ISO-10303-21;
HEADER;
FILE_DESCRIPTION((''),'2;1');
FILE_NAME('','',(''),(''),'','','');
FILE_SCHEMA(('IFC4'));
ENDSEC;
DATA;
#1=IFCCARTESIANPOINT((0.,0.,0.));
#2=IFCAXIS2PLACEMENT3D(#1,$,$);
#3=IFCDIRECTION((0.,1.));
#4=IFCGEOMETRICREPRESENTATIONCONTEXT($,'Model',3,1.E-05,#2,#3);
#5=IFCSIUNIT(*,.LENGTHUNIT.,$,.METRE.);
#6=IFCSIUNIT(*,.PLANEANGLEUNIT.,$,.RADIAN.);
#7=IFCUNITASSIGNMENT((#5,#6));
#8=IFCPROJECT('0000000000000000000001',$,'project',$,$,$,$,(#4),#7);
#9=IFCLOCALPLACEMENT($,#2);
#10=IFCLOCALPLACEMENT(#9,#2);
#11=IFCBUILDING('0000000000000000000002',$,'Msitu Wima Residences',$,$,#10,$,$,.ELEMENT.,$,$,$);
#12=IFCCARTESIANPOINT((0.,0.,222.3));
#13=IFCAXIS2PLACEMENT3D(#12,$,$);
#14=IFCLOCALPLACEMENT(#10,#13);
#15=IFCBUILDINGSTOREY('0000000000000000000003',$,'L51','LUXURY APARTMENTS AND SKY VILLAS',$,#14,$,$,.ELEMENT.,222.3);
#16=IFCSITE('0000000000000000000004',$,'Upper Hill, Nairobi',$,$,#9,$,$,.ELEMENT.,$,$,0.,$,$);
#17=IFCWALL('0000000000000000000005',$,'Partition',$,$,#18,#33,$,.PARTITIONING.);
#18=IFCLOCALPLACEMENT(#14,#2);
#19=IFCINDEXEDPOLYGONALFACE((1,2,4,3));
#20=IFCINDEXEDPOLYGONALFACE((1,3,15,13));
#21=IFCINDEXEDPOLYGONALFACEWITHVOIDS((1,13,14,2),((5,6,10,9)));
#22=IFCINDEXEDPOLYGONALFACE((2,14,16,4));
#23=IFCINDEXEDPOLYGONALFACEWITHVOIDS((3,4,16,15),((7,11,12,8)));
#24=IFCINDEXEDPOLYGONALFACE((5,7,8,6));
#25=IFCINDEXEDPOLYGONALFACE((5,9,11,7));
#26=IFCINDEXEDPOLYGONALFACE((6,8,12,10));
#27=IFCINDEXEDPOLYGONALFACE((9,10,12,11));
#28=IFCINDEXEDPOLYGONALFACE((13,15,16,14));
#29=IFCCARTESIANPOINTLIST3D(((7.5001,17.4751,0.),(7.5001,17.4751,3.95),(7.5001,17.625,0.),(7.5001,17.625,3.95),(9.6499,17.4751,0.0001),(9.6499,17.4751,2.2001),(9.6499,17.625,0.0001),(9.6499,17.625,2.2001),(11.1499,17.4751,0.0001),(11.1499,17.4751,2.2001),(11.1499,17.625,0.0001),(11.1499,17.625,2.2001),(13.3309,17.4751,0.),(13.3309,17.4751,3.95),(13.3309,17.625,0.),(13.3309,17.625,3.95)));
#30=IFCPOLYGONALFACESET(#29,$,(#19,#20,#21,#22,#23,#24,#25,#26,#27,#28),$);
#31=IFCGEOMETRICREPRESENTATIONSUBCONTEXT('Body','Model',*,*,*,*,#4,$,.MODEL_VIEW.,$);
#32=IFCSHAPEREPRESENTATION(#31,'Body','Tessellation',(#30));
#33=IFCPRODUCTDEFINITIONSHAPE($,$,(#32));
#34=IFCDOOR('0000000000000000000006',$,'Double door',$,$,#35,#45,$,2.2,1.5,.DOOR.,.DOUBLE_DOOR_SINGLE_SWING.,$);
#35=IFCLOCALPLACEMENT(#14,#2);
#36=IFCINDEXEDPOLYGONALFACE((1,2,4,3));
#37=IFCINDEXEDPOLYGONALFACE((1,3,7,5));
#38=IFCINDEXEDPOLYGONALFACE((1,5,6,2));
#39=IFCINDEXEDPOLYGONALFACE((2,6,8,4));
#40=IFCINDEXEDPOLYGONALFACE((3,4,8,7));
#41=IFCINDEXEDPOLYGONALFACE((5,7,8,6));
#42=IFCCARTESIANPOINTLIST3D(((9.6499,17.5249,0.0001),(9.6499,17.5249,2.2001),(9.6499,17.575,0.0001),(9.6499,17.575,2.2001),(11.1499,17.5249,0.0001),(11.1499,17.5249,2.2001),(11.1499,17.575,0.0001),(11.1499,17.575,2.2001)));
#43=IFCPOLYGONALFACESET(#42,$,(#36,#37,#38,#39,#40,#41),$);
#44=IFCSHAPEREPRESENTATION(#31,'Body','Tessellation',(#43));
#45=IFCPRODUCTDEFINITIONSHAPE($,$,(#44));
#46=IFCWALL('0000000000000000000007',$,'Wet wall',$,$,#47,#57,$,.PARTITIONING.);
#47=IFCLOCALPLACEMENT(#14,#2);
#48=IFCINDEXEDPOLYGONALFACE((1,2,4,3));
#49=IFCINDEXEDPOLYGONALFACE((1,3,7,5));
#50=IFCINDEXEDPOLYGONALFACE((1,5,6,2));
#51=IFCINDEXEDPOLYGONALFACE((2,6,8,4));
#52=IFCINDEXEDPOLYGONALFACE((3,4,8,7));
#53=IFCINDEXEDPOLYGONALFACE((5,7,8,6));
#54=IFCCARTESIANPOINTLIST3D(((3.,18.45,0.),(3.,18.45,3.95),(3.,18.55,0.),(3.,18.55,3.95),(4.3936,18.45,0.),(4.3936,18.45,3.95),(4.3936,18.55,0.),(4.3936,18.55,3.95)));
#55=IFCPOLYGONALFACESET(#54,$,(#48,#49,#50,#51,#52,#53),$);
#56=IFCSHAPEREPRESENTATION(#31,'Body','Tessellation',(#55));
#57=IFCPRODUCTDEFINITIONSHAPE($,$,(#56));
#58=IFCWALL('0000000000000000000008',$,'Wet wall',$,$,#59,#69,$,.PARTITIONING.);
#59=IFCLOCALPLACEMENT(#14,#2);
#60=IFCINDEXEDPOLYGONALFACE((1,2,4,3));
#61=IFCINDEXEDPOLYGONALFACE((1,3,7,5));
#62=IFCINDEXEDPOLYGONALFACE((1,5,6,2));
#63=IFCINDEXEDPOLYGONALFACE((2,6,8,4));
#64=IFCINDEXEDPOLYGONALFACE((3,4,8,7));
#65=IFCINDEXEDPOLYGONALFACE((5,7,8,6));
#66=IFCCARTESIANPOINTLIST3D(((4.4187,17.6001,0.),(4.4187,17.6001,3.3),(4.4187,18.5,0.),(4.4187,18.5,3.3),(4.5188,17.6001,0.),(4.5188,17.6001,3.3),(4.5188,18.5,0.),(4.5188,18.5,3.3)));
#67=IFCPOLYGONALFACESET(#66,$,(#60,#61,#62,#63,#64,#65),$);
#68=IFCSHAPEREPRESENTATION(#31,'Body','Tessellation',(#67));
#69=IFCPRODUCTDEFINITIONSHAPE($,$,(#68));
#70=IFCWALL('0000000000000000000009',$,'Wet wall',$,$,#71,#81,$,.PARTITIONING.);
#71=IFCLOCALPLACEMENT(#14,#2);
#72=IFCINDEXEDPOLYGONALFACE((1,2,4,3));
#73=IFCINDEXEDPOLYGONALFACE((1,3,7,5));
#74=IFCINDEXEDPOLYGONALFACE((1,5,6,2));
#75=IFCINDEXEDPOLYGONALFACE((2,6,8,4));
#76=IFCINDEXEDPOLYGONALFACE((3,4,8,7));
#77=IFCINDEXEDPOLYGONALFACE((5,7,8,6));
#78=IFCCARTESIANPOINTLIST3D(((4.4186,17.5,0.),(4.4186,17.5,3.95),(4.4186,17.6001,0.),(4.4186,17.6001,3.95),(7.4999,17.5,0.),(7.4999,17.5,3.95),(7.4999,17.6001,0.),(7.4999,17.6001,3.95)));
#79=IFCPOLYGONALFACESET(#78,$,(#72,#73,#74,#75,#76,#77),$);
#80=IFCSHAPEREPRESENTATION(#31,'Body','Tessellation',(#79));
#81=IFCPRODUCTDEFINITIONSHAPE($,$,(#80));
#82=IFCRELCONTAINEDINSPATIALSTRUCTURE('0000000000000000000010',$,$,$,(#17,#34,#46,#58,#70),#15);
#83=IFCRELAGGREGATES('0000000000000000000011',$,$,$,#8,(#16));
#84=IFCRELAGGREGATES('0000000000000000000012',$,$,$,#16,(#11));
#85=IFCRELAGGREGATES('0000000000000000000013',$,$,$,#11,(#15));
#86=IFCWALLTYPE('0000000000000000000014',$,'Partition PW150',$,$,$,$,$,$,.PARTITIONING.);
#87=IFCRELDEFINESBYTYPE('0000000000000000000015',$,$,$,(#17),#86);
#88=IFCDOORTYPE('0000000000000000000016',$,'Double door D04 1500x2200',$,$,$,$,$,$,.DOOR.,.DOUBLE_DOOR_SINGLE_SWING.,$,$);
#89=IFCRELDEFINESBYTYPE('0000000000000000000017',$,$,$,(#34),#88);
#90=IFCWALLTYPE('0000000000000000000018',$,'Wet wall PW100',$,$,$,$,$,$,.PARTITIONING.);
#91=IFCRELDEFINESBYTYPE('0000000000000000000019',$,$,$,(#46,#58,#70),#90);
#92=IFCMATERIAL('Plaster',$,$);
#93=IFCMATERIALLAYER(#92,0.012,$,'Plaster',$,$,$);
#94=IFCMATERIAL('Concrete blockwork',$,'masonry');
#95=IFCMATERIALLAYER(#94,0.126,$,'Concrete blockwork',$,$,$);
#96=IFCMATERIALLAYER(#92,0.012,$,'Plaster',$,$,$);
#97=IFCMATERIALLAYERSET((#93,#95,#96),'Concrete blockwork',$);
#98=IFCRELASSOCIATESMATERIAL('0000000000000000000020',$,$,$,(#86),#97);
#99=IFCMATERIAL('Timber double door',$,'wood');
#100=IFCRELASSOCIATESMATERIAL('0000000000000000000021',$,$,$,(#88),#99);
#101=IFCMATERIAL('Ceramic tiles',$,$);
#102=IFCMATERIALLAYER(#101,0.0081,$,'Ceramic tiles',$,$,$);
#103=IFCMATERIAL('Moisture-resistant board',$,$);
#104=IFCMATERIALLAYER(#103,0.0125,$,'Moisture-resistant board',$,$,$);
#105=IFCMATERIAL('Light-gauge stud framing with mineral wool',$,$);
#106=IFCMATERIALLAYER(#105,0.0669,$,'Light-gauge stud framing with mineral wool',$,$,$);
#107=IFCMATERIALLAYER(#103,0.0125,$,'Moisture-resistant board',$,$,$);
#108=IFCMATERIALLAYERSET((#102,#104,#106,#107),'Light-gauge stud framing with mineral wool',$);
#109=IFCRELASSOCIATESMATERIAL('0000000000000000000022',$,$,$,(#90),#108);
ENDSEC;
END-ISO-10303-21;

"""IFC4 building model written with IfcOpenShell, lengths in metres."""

from ifc_helpers import new_model, si_unit, direction, frame, frame_2d, origin, place, context, subcontext, project, spatial, rectangle, extrude, material, layer, layer_set, type_object, element, fill, save


model = new_model("IFC4")

# Units and contexts
model_context = context("Model", 3, precision=1e-05, world=origin(), true_north=direction((0.0, 1.0)))
body_context = subcontext(model_context, "Body", "Model", "MODEL_VIEW")
ifc_project = project(units=[si_unit("LENGTHUNIT", "METRE"), si_unit("PLANEANGLEUNIT", "RADIAN")], contexts=[model_context])

# Site, building, storey
site_placement = place(None, origin())
site = spatial("IfcSite", under=ifc_project, at=site_placement, Name="Upper Hill, Nairobi", CompositionType="ELEMENT", RefElevation=0.0)
building_placement = place(site_placement, origin())
building = spatial("IfcBuilding", under=site, at=building_placement, Name="Msitu Wima Residences", CompositionType="ELEMENT")
storey_placement = place(building_placement, frame((0.0, 0.0, 222.3)))
storey = spatial("IfcBuildingStorey", under=building, at=storey_placement, Name="L51", Description="LUXURY APARTMENTS AND SKY VILLAS", CompositionType="ELEMENT", Elevation=222.3)

# Shared definitions
ifc_material_1 = material(Name="Plaster")
ifc_layer_1 = layer(ifc_material_1, 0.012, Name="Plaster")
ifc_material_2 = material(Name="Concrete blockwork", Category="masonry")
ifc_layer_2 = layer(ifc_material_2, 0.126, Name="Concrete blockwork")
ifc_layer_3 = layer(ifc_material_1, 0.012, Name="Plaster")
ifc_layer_set_1 = layer_set([ifc_layer_1, ifc_layer_2, ifc_layer_3], Name="Concrete blockwork")
wall_type_1 = type_object("IfcWallType", Name="Partition PW150", PredefinedType="PARTITIONING", material=ifc_layer_set_1)

# Wall, opening, door
ifc_material_3 = material(Name="Timber double door", Category="wood")
door_type_1 = type_object("IfcDoorType", Name="Double door D04 1500x2200", OperationType="DOUBLE_DOOR_SINGLE_SWING", PredefinedType="DOOR", material=ifc_material_3)
wall_1_placement = place(storey_placement, frame((7.5, 17.55, 0.0), z_axis=(0.0, 0.0, 1.0), x_axis=(1.0, 0.0, 0.0)))
wall_1 = element("IfcWall", 1, at=wall_1_placement, inside=storey, type_object=wall_type_1, Name="Partition", PredefinedType="PARTITIONING", context=body_context, shape_type="SweptSolid", body=[
    extrude(rectangle(XDim=5.8308, YDim=0.1499, at=frame_2d((2.9155, 0.0))), origin(), (0.0, 0.0, 1.0), 3.95),
])
opening_1_placement = place(wall_1_placement, frame((2.1499, 0.0, 0.0)))
opening_1 = element("IfcOpeningElement", 2, at=opening_1_placement, cuts=wall_1, PredefinedType="OPENING", context=body_context, shape_type="SweptSolid", body=[
    extrude(rectangle(XDim=1.5, YDim=2.2, at=frame_2d((0.75, 1.1001))), frame((0.0, 0.085, 0.0), z_axis=(0.0, -1.0, 0.0), x_axis=(1.0, 0.0, 0.0)), (0.0, 0.0, 1.0), 0.1699),
])
door_1_placement = place(opening_1_placement, origin())
door_1 = element("IfcDoor", 3, at=door_1_placement, inside=storey, type_object=door_type_1, Name="Double door", OperationType="DOUBLE_DOOR_SINGLE_SWING", OverallHeight=2.2, OverallWidth=1.5, PredefinedType="DOOR", context=body_context, shape_type="SweptSolid", body=[
    extrude(rectangle(XDim=1.5, YDim=2.2, at=frame_2d((0.75, 1.1001))), frame((0.0, 0.0249, 0.0), z_axis=(0.0, -1.0, 0.0), x_axis=(1.0, 0.0, 0.0)), (0.0, 0.0, 1.0), 0.05),
])
fill(opening_1, door_1)

# Walls
ifc_material_4 = material(Name="Ceramic tiles")
ifc_layer_4 = layer(ifc_material_4, 0.0081, Name="Ceramic tiles")
ifc_material_5 = material(Name="Moisture-resistant board")
ifc_layer_5 = layer(ifc_material_5, 0.0125, Name="Moisture-resistant board")
ifc_material_6 = material(Name="Light-gauge stud framing with mineral wool")
ifc_layer_6 = layer(ifc_material_6, 0.0669, Name="Light-gauge stud framing with mineral wool")
ifc_layer_7 = layer(ifc_material_5, 0.0125, Name="Moisture-resistant board")
ifc_layer_set_2 = layer_set([ifc_layer_4, ifc_layer_5, ifc_layer_6, ifc_layer_7], Name="Light-gauge stud framing with mineral wool")
wall_type_2 = type_object("IfcWallType", Name="Wet wall PW100", PredefinedType="PARTITIONING", material=ifc_layer_set_2)
wall_2_placement = place(storey_placement, frame((3.0, 18.5, 0.0), z_axis=(0.0, 0.0, 1.0), x_axis=(1.0, 0.0, 0.0)))
element("IfcWall", 4, at=wall_2_placement, inside=storey, type_object=wall_type_2, Name="Wet wall", PredefinedType="PARTITIONING", context=body_context, shape_type="SweptSolid", body=[
    extrude(rectangle(XDim=1.3936, YDim=0.1001, at=frame_2d((0.6968, 0.0))), origin(), (0.0, 0.0, 1.0), 3.95),
])
wall_3_placement = place(storey_placement, frame((4.4688, 17.6001, 0.0), z_axis=(0.0, 0.0, 1.0), x_axis=(0.0, 1.0, 0.0)))
element("IfcWall", 5, at=wall_3_placement, inside=storey, type_object=wall_type_2, Name="Wet wall", PredefinedType="PARTITIONING", context=body_context, shape_type="SweptSolid", body=[
    extrude(rectangle(XDim=0.8999, YDim=0.1001, at=frame_2d((0.45, 0.0))), origin(), (0.0, 0.0, 1.0), 3.3),
])
wall_4_placement = place(storey_placement, frame((4.4187, 17.55, 0.0), z_axis=(0.0, 0.0, 1.0), x_axis=(1.0, 0.0, 0.0)))
element("IfcWall", 6, at=wall_4_placement, inside=storey, type_object=wall_type_2, Name="Wet wall", PredefinedType="PARTITIONING", context=body_context, shape_type="SweptSolid", body=[
    extrude(rectangle(XDim=3.0813, YDim=0.1001, at=frame_2d((1.5405, 0.0))), origin(), (0.0, 0.0, 1.0), 3.95),
])

save(model, "model.ifc")
